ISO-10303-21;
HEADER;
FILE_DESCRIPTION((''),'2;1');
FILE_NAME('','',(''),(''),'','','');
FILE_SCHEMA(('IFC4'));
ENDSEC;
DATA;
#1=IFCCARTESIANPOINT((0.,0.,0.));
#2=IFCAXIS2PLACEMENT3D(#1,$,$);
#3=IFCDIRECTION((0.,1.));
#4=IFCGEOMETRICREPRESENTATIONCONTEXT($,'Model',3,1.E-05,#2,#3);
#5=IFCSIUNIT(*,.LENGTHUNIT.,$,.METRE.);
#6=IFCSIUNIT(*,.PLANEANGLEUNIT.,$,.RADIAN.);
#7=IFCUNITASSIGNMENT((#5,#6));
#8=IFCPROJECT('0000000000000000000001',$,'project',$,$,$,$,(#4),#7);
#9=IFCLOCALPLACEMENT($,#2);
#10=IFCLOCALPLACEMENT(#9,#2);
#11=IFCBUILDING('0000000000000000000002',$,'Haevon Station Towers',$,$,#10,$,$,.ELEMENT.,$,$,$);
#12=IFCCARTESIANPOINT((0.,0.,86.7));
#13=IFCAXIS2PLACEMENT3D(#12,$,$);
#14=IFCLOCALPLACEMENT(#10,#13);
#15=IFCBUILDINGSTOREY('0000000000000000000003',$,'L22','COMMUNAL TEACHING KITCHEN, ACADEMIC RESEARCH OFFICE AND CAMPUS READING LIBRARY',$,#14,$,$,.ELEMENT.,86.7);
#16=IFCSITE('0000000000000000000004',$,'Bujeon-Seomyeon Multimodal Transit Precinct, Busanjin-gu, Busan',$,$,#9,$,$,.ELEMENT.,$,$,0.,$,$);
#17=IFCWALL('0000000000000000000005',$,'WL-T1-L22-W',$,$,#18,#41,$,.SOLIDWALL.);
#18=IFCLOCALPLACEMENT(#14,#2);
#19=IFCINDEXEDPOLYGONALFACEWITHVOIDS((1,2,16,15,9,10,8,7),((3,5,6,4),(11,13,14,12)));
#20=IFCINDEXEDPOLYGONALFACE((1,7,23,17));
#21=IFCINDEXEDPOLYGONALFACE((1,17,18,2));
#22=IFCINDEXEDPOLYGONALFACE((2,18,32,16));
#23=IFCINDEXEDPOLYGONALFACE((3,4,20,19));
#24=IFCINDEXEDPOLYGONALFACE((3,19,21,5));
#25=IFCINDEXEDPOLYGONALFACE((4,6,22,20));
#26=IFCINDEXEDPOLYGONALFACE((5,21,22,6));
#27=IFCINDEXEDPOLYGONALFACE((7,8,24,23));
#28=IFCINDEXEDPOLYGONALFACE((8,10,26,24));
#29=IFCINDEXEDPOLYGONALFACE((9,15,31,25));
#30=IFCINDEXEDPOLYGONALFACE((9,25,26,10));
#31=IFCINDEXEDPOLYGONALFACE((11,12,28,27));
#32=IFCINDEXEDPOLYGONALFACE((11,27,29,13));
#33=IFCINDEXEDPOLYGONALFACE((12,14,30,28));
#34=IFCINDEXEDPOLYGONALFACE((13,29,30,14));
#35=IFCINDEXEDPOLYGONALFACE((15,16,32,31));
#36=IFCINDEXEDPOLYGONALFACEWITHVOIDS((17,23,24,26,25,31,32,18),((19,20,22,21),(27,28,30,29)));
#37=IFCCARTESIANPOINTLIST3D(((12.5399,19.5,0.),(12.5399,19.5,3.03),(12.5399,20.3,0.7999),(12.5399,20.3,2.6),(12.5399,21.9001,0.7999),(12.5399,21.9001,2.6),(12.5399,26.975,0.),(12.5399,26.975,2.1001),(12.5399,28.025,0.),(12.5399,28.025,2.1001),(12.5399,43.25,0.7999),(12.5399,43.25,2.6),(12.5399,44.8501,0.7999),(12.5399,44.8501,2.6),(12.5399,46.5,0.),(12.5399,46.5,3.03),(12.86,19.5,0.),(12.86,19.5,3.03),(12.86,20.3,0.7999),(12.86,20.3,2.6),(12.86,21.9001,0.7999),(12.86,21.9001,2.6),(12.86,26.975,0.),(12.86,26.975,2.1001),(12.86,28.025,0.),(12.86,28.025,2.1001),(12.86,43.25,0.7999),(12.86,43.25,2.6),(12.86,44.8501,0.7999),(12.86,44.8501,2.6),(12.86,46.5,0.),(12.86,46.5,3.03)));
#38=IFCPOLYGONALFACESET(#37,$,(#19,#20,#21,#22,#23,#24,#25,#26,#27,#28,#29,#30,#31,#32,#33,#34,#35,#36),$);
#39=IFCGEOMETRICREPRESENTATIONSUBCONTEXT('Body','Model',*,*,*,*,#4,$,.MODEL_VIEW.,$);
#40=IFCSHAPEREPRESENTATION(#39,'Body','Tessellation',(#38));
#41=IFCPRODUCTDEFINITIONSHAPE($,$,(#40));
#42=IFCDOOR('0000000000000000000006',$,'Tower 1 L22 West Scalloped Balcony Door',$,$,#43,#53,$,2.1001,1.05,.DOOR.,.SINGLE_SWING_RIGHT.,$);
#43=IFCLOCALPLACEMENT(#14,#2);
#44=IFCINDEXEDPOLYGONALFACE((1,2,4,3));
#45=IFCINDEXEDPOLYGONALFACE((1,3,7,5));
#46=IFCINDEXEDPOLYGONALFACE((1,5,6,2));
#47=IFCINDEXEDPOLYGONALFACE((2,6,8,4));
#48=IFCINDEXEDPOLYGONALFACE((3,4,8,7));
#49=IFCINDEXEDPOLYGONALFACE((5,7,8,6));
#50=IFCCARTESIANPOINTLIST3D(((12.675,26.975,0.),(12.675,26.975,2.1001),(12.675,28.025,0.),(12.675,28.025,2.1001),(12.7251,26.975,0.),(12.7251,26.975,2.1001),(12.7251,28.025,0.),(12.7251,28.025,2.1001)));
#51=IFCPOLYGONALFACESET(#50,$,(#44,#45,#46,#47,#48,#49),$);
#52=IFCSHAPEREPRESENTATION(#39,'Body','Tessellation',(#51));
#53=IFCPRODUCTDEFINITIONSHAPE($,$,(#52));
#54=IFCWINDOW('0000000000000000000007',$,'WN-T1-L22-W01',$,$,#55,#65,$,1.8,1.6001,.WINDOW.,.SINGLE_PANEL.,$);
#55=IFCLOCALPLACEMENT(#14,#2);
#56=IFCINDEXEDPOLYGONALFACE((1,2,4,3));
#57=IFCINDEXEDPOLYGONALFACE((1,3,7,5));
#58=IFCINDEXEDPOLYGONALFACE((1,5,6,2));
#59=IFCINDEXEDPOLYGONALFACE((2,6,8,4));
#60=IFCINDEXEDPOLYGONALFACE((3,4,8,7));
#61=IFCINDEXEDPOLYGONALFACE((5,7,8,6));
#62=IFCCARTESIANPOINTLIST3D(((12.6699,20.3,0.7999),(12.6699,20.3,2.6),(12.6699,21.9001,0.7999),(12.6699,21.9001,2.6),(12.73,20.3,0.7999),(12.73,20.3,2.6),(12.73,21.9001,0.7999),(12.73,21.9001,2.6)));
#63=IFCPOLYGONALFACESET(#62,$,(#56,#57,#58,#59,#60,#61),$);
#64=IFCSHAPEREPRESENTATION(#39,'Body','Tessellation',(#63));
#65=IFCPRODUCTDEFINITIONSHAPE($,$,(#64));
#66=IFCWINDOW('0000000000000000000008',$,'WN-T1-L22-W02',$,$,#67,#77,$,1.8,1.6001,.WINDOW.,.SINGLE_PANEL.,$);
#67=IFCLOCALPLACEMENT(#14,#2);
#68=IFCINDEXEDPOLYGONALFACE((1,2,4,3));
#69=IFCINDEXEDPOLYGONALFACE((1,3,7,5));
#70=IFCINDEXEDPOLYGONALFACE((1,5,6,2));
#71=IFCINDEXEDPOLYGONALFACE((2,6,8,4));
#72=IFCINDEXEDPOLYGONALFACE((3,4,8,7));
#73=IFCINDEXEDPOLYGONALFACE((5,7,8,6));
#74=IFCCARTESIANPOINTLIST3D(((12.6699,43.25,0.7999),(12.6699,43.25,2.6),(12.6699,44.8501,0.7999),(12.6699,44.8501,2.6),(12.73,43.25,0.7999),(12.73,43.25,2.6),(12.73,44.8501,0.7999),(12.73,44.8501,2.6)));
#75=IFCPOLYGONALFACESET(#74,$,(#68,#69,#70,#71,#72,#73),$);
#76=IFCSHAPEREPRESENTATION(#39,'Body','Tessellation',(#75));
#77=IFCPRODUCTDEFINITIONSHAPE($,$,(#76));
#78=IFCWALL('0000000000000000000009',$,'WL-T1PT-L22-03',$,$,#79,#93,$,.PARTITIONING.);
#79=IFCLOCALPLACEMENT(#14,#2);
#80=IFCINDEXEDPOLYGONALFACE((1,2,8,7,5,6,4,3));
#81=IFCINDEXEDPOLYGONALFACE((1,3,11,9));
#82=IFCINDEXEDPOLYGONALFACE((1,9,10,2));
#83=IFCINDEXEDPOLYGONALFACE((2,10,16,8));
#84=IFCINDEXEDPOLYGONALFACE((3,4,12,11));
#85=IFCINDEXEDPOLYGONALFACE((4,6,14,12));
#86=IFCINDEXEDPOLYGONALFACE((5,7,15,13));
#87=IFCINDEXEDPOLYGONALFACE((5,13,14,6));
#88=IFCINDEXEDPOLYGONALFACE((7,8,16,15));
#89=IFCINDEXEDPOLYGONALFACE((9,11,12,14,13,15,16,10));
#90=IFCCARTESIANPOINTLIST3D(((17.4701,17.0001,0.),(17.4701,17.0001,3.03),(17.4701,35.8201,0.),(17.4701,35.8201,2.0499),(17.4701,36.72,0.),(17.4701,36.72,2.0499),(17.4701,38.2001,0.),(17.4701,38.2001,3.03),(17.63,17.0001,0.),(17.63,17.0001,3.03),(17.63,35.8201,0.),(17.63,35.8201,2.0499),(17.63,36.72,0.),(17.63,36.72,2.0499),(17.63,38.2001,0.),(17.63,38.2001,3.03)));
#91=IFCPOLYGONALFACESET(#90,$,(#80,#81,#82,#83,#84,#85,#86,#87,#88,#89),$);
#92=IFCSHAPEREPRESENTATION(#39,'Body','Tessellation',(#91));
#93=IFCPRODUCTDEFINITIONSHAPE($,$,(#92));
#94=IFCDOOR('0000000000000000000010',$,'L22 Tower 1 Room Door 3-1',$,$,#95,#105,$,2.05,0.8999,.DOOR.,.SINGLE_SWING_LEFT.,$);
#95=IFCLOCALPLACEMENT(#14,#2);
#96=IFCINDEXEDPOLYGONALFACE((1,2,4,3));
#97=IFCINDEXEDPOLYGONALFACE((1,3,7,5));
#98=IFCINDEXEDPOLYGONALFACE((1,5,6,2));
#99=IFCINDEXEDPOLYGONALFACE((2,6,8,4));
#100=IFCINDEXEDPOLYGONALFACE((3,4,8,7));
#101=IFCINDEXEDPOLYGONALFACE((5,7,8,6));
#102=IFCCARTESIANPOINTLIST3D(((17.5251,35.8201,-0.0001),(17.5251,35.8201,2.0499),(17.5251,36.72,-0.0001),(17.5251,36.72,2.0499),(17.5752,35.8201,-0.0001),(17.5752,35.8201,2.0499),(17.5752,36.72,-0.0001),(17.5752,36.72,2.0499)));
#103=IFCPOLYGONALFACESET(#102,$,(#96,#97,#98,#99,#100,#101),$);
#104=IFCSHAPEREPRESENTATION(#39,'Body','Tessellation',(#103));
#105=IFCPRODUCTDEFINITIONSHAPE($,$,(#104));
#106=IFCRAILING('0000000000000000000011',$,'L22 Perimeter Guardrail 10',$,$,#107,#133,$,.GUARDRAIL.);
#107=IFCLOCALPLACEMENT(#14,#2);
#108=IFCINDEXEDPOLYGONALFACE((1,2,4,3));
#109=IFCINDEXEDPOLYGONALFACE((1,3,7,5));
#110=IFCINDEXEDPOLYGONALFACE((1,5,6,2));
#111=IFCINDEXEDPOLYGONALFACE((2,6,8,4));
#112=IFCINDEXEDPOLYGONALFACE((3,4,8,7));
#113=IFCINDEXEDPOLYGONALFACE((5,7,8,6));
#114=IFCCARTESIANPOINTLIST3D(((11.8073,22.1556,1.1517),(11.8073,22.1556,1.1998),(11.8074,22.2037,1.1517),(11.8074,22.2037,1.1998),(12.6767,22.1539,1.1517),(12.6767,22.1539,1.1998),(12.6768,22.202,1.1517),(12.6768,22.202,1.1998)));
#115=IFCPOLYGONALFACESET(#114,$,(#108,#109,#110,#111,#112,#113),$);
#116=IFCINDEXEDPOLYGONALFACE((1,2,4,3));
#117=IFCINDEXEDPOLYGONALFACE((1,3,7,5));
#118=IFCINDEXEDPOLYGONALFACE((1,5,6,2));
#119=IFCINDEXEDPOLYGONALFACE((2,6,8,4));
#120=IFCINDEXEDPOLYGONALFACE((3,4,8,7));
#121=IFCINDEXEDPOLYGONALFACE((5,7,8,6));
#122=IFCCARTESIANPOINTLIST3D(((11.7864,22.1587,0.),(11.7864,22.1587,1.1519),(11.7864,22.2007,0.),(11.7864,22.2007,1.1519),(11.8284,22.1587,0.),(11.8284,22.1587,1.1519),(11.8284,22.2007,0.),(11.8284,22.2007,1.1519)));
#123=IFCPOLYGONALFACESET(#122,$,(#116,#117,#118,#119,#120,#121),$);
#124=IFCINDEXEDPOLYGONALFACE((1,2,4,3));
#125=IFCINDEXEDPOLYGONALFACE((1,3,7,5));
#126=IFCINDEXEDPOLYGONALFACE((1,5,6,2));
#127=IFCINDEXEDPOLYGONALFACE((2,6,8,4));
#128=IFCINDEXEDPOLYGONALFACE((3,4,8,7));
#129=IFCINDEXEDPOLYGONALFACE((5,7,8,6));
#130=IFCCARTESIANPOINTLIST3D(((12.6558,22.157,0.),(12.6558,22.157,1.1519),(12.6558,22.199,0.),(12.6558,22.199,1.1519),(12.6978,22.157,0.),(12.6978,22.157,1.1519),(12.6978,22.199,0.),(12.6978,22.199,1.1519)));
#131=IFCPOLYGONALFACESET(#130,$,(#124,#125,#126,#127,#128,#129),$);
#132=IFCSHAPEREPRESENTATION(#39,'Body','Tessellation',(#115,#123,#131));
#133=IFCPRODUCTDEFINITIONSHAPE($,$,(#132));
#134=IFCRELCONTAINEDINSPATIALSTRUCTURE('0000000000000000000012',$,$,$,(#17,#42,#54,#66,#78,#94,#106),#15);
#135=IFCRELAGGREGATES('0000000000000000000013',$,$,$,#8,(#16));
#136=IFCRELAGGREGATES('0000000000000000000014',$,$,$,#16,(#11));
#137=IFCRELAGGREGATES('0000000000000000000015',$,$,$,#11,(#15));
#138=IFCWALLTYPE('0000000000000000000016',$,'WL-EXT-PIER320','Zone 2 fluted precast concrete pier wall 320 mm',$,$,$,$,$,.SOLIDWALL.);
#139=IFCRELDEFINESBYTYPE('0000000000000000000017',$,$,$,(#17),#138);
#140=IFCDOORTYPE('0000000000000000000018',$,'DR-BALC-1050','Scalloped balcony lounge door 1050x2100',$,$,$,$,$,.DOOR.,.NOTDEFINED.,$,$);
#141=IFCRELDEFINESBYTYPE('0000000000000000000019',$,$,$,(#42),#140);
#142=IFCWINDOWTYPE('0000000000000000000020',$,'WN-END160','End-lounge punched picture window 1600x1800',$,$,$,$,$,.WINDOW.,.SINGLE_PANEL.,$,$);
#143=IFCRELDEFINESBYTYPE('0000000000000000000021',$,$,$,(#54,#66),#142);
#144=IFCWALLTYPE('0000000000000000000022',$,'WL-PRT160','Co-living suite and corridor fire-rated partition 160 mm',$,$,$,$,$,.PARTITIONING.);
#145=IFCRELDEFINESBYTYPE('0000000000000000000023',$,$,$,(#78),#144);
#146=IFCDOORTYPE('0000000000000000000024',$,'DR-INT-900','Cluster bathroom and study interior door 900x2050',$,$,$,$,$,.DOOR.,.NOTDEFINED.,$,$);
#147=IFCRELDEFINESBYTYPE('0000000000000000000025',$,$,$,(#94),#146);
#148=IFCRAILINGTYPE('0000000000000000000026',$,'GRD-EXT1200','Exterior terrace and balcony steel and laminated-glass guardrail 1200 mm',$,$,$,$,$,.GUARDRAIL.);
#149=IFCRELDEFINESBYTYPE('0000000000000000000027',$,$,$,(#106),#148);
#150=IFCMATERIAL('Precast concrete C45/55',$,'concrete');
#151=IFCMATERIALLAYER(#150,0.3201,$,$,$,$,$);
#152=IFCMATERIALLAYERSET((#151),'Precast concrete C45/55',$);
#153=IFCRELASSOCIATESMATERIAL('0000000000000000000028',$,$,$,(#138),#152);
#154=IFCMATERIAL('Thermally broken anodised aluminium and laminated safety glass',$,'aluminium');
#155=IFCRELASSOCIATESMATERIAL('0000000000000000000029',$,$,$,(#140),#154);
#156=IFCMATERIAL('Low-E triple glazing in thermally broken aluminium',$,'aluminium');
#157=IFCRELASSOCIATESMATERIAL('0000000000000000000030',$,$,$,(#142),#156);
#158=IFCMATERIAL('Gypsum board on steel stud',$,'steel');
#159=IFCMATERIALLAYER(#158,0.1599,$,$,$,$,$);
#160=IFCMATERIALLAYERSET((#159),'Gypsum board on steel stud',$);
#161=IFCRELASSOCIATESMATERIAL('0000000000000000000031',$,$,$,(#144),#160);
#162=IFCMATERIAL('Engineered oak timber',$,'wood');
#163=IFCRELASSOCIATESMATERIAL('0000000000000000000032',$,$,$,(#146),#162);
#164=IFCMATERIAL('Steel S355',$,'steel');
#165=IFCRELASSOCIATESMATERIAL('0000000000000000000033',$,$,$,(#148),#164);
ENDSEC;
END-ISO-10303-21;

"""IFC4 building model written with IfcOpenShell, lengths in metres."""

from ifc_helpers import new_model, si_unit, direction, frame, frame_2d, origin, origin_2d, place, context, subcontext, project, spatial, rectangle, extrude, material, layer, layer_set, type_object, element, fill, save


model = new_model("IFC4")

# Units and contexts
model_context = context("Model", 3, precision=1e-05, world=origin(), true_north=direction((0.0, 1.0)))
body_context = subcontext(model_context, "Body", "Model", "MODEL_VIEW")
ifc_project = project(units=[si_unit("LENGTHUNIT", "METRE"), si_unit("PLANEANGLEUNIT", "RADIAN")], contexts=[model_context])

# Site, building, storey
site_placement = place(None, origin())
site = spatial("IfcSite", under=ifc_project, at=site_placement, Name="Bujeon-Seomyeon Multimodal Transit Precinct, Busanjin-gu, Busan", CompositionType="ELEMENT", RefElevation=0.0)
building_placement = place(site_placement, origin())
building = spatial("IfcBuilding", under=site, at=building_placement, Name="Haevon Station Towers", CompositionType="ELEMENT")
storey_placement = place(building_placement, frame((0.0, 0.0, 86.7)))
storey = spatial("IfcBuildingStorey", under=building, at=storey_placement, Name="L22", Description="COMMUNAL TEACHING KITCHEN, ACADEMIC RESEARCH OFFICE AND CAMPUS READING LIBRARY", CompositionType="ELEMENT", Elevation=86.7)

# Shared definitions
ifc_material_1 = material(Name="Steel S355", Category="steel")

# Shared definitions
ifc_material_2 = material(Name="Precast concrete C45/55", Category="concrete")
ifc_layer_1 = layer(ifc_material_2, 0.3201)
ifc_layer_set_1 = layer_set([ifc_layer_1], Name="Precast concrete C45/55")
wall_type_1 = type_object("IfcWallType", Name="WL-EXT-PIER320", Description="Zone 2 fluted precast concrete pier wall 320 mm", PredefinedType="SOLIDWALL", material=ifc_layer_set_1)

# Wall, openings, door, windows
wall_1_placement = place(storey_placement, frame((12.7, 19.5, 0.0), z_axis=(0.0, 0.0, 1.0), x_axis=(0.0, 1.0, 0.0)))
wall_1 = element("IfcWall", 1, at=wall_1_placement, inside=storey, type_object=wall_type_1, Name="WL-T1-L22-W", PredefinedType="SOLIDWALL", context=body_context, shape_type="SweptSolid", body=[
    extrude(rectangle(XDim=27.0, YDim=0.3201, at=frame_2d((13.5, 0.0))), origin(), (0.0, 0.0, 1.0), 3.03),
])
opening_1_placement = place(wall_1_placement, frame((7.4751, 0.0, 0.0)))
opening_1 = element("IfcOpeningElement", 2, at=opening_1_placement, cuts=wall_1, PredefinedType="OPENING", context=body_context, shape_type="SweptSolid", body=[
    extrude(rectangle(XDim=1.05, YDim=2.1001, at=frame_2d((0.5249, 1.05))), frame((0.0, 0.1699, 0.0), z_axis=(0.0, -1.0, 0.0), x_axis=(1.0, 0.0, 0.0)), (0.0, 0.0, 1.0), 0.3401),
])
opening_2_placement = place(wall_1_placement, frame((0.8, 0.0, 0.8)))
opening_2 = element("IfcOpeningElement", 3, at=opening_2_placement, cuts=wall_1, PredefinedType="OPENING", context=body_context, shape_type="SweptSolid", body=[
    extrude(rectangle(XDim=1.6001, YDim=1.8, at=frame_2d((0.8, 0.8999))), frame((0.0, 0.1699, 0.0), z_axis=(0.0, -1.0, 0.0), x_axis=(1.0, 0.0, 0.0)), (0.0, 0.0, 1.0), 0.3401),
])
opening_3_placement = place(wall_1_placement, frame((23.75, 0.0, 0.8)))
opening_3 = element("IfcOpeningElement", 4, at=opening_3_placement, cuts=wall_1, PredefinedType="OPENING", context=body_context, shape_type="SweptSolid", body=[
    extrude(rectangle(XDim=1.6001, YDim=1.8, at=frame_2d((0.8, 0.8999))), frame((0.0, 0.1699, 0.0), z_axis=(0.0, -1.0, 0.0), x_axis=(1.0, 0.0, 0.0)), (0.0, 0.0, 1.0), 0.3401),
])
ifc_material_3 = material(Name="Thermally broken anodised aluminium and laminated safety glass", Category="aluminium")
door_type_1 = type_object("IfcDoorType", Name="DR-BALC-1050", Description="Scalloped balcony lounge door 1050x2100", OperationType="NOTDEFINED", PredefinedType="DOOR", material=ifc_material_3)
door_1_placement = place(opening_1_placement, origin())
door_1 = element("IfcDoor", 5, at=door_1_placement, inside=storey, type_object=door_type_1, Name="Tower 1 L22 West Scalloped Balcony Door", OperationType="SINGLE_SWING_RIGHT", OverallHeight=2.1001, OverallWidth=1.05, PredefinedType="DOOR", context=body_context, shape_type="SweptSolid", body=[
    extrude(rectangle(XDim=1.05, YDim=2.1001, at=frame_2d((0.5249, 1.05))), frame((0.0, 0.0249, 0.0), z_axis=(0.0, -1.0, 0.0), x_axis=(1.0, 0.0, 0.0)), (0.0, 0.0, 1.0), 0.05),
])
fill(opening_1, door_1)
ifc_material_4 = material(Name="Low-E triple glazing in thermally broken aluminium", Category="aluminium")
window_type = type_object("IfcWindowType", Name="WN-END160", Description="End-lounge punched picture window 1600x1800", PartitioningType="SINGLE_PANEL", PredefinedType="WINDOW", material=ifc_material_4)
window_1_placement = place(opening_2_placement, origin())
window_1 = element("IfcWindow", 6, at=window_1_placement, inside=storey, type_object=window_type, Name="WN-T1-L22-W01", OverallHeight=1.8, OverallWidth=1.6001, PartitioningType="SINGLE_PANEL", PredefinedType="WINDOW", context=body_context, shape_type="SweptSolid", body=[
    extrude(rectangle(XDim=1.6001, YDim=1.8, at=frame_2d((0.8, 0.8999))), frame((0.0, 0.03, 0.0), z_axis=(0.0, -1.0, 0.0), x_axis=(1.0, 0.0, 0.0)), (0.0, 0.0, 1.0), 0.0601),
])
fill(opening_2, window_1)
window_2_placement = place(opening_3_placement, origin())
window_2 = element("IfcWindow", 7, at=window_2_placement, inside=storey, type_object=window_type, Name="WN-T1-L22-W02", OverallHeight=1.8, OverallWidth=1.6001, PartitioningType="SINGLE_PANEL", PredefinedType="WINDOW", context=body_context, shape_type="SweptSolid", body=[
    extrude(rectangle(XDim=1.6001, YDim=1.8, at=frame_2d((0.8, 0.8999))), frame((0.0, 0.03, 0.0), z_axis=(0.0, -1.0, 0.0), x_axis=(1.0, 0.0, 0.0)), (0.0, 0.0, 1.0), 0.0601),
])
fill(opening_3, window_2)

# Wall, opening, door
ifc_material_5 = material(Name="Gypsum board on steel stud", Category="steel")
ifc_layer_2 = layer(ifc_material_5, 0.1599)
ifc_layer_set_2 = layer_set([ifc_layer_2], Name="Gypsum board on steel stud")
wall_type_2 = type_object("IfcWallType", Name="WL-PRT160", Description="Co-living suite and corridor fire-rated partition 160 mm", PredefinedType="PARTITIONING", material=ifc_layer_set_2)
wall_2_placement = place(storey_placement, frame((17.55, 17.0, 0.0), z_axis=(0.0, 0.0, 1.0), x_axis=(0.0, 1.0, 0.0)))
wall_2 = element("IfcWall", 8, at=wall_2_placement, inside=storey, type_object=wall_type_2, Name="WL-T1PT-L22-03", PredefinedType="PARTITIONING", context=body_context, shape_type="SweptSolid", body=[
    extrude(rectangle(XDim=21.2, YDim=0.1599, at=frame_2d((10.6001, 0.0))), origin(), (0.0, 0.0, 1.0), 3.03),
])
opening_4_placement = place(wall_2_placement, frame((18.8201, 0.0, 0.0)))
opening_4 = element("IfcOpeningElement", 9, at=opening_4_placement, cuts=wall_2, PredefinedType="OPENING", context=body_context, shape_type="SweptSolid", body=[
    extrude(rectangle(XDim=0.8999, YDim=2.05, at=frame_2d((0.45, 1.0249))), frame((0.0, 0.0898, 0.0), z_axis=(0.0, -1.0, 0.0), x_axis=(1.0, 0.0, 0.0)), (0.0, 0.0, 1.0), 0.1799),
])
ifc_material_6 = material(Name="Engineered oak timber", Category="wood")
door_type_2 = type_object("IfcDoorType", Name="DR-INT-900", Description="Cluster bathroom and study interior door 900x2050", OperationType="NOTDEFINED", PredefinedType="DOOR", material=ifc_material_6)
door_2_placement = place(opening_4_placement, origin())
door_2 = element("IfcDoor", 10, at=door_2_placement, inside=storey, type_object=door_type_2, Name="L22 Tower 1 Room Door 3-1", OperationType="SINGLE_SWING_LEFT", OverallHeight=2.05, OverallWidth=0.8999, PredefinedType="DOOR", context=body_context, shape_type="SweptSolid", body=[
    extrude(rectangle(XDim=0.8999, YDim=2.05, at=frame_2d((0.45, 1.0249))), frame((0.0, 0.0249, 0.0), z_axis=(0.0, -1.0, 0.0), x_axis=(1.0, 0.0, 0.0)), (0.0, 0.0, 1.0), 0.05),
])
fill(opening_4, door_2)

# Railing
railing_type = type_object("IfcRailingType", Name="GRD-EXT1200", Description="Exterior terrace and balcony steel and laminated-glass guardrail 1200 mm", PredefinedType="GUARDRAIL", material=ifc_material_1)
railing_placement = place(storey_placement, frame((11.8074, 22.1797, 0.0)))
element("IfcRailing", 11, at=railing_placement, inside=storey, type_object=railing_type, Name="L22 Perimeter Guardrail 10", PredefinedType="GUARDRAIL", context=body_context, shape_type="SweptSolid", body=[
    extrude(rectangle(XDim=0.0481, YDim=0.0481, at=origin_2d()), frame((0.0, 0.0, 1.1758), z_axis=(0.999998, -0.001966, 0.0), x_axis=(0.001966, 0.999998, 0.0)), (0.0, 0.0, 1.0), 0.8694),
    extrude(rectangle(XDim=0.042, YDim=0.042, at=origin_2d()), origin(), (0.0, 0.0, 1.0), 1.1519),
    extrude(rectangle(XDim=0.042, YDim=0.042, at=origin_2d()), frame((0.8694, -0.0017, 0.0)), (0.0, 0.0, 1.0), 1.1519),
])

save(model, "model.ifc")
